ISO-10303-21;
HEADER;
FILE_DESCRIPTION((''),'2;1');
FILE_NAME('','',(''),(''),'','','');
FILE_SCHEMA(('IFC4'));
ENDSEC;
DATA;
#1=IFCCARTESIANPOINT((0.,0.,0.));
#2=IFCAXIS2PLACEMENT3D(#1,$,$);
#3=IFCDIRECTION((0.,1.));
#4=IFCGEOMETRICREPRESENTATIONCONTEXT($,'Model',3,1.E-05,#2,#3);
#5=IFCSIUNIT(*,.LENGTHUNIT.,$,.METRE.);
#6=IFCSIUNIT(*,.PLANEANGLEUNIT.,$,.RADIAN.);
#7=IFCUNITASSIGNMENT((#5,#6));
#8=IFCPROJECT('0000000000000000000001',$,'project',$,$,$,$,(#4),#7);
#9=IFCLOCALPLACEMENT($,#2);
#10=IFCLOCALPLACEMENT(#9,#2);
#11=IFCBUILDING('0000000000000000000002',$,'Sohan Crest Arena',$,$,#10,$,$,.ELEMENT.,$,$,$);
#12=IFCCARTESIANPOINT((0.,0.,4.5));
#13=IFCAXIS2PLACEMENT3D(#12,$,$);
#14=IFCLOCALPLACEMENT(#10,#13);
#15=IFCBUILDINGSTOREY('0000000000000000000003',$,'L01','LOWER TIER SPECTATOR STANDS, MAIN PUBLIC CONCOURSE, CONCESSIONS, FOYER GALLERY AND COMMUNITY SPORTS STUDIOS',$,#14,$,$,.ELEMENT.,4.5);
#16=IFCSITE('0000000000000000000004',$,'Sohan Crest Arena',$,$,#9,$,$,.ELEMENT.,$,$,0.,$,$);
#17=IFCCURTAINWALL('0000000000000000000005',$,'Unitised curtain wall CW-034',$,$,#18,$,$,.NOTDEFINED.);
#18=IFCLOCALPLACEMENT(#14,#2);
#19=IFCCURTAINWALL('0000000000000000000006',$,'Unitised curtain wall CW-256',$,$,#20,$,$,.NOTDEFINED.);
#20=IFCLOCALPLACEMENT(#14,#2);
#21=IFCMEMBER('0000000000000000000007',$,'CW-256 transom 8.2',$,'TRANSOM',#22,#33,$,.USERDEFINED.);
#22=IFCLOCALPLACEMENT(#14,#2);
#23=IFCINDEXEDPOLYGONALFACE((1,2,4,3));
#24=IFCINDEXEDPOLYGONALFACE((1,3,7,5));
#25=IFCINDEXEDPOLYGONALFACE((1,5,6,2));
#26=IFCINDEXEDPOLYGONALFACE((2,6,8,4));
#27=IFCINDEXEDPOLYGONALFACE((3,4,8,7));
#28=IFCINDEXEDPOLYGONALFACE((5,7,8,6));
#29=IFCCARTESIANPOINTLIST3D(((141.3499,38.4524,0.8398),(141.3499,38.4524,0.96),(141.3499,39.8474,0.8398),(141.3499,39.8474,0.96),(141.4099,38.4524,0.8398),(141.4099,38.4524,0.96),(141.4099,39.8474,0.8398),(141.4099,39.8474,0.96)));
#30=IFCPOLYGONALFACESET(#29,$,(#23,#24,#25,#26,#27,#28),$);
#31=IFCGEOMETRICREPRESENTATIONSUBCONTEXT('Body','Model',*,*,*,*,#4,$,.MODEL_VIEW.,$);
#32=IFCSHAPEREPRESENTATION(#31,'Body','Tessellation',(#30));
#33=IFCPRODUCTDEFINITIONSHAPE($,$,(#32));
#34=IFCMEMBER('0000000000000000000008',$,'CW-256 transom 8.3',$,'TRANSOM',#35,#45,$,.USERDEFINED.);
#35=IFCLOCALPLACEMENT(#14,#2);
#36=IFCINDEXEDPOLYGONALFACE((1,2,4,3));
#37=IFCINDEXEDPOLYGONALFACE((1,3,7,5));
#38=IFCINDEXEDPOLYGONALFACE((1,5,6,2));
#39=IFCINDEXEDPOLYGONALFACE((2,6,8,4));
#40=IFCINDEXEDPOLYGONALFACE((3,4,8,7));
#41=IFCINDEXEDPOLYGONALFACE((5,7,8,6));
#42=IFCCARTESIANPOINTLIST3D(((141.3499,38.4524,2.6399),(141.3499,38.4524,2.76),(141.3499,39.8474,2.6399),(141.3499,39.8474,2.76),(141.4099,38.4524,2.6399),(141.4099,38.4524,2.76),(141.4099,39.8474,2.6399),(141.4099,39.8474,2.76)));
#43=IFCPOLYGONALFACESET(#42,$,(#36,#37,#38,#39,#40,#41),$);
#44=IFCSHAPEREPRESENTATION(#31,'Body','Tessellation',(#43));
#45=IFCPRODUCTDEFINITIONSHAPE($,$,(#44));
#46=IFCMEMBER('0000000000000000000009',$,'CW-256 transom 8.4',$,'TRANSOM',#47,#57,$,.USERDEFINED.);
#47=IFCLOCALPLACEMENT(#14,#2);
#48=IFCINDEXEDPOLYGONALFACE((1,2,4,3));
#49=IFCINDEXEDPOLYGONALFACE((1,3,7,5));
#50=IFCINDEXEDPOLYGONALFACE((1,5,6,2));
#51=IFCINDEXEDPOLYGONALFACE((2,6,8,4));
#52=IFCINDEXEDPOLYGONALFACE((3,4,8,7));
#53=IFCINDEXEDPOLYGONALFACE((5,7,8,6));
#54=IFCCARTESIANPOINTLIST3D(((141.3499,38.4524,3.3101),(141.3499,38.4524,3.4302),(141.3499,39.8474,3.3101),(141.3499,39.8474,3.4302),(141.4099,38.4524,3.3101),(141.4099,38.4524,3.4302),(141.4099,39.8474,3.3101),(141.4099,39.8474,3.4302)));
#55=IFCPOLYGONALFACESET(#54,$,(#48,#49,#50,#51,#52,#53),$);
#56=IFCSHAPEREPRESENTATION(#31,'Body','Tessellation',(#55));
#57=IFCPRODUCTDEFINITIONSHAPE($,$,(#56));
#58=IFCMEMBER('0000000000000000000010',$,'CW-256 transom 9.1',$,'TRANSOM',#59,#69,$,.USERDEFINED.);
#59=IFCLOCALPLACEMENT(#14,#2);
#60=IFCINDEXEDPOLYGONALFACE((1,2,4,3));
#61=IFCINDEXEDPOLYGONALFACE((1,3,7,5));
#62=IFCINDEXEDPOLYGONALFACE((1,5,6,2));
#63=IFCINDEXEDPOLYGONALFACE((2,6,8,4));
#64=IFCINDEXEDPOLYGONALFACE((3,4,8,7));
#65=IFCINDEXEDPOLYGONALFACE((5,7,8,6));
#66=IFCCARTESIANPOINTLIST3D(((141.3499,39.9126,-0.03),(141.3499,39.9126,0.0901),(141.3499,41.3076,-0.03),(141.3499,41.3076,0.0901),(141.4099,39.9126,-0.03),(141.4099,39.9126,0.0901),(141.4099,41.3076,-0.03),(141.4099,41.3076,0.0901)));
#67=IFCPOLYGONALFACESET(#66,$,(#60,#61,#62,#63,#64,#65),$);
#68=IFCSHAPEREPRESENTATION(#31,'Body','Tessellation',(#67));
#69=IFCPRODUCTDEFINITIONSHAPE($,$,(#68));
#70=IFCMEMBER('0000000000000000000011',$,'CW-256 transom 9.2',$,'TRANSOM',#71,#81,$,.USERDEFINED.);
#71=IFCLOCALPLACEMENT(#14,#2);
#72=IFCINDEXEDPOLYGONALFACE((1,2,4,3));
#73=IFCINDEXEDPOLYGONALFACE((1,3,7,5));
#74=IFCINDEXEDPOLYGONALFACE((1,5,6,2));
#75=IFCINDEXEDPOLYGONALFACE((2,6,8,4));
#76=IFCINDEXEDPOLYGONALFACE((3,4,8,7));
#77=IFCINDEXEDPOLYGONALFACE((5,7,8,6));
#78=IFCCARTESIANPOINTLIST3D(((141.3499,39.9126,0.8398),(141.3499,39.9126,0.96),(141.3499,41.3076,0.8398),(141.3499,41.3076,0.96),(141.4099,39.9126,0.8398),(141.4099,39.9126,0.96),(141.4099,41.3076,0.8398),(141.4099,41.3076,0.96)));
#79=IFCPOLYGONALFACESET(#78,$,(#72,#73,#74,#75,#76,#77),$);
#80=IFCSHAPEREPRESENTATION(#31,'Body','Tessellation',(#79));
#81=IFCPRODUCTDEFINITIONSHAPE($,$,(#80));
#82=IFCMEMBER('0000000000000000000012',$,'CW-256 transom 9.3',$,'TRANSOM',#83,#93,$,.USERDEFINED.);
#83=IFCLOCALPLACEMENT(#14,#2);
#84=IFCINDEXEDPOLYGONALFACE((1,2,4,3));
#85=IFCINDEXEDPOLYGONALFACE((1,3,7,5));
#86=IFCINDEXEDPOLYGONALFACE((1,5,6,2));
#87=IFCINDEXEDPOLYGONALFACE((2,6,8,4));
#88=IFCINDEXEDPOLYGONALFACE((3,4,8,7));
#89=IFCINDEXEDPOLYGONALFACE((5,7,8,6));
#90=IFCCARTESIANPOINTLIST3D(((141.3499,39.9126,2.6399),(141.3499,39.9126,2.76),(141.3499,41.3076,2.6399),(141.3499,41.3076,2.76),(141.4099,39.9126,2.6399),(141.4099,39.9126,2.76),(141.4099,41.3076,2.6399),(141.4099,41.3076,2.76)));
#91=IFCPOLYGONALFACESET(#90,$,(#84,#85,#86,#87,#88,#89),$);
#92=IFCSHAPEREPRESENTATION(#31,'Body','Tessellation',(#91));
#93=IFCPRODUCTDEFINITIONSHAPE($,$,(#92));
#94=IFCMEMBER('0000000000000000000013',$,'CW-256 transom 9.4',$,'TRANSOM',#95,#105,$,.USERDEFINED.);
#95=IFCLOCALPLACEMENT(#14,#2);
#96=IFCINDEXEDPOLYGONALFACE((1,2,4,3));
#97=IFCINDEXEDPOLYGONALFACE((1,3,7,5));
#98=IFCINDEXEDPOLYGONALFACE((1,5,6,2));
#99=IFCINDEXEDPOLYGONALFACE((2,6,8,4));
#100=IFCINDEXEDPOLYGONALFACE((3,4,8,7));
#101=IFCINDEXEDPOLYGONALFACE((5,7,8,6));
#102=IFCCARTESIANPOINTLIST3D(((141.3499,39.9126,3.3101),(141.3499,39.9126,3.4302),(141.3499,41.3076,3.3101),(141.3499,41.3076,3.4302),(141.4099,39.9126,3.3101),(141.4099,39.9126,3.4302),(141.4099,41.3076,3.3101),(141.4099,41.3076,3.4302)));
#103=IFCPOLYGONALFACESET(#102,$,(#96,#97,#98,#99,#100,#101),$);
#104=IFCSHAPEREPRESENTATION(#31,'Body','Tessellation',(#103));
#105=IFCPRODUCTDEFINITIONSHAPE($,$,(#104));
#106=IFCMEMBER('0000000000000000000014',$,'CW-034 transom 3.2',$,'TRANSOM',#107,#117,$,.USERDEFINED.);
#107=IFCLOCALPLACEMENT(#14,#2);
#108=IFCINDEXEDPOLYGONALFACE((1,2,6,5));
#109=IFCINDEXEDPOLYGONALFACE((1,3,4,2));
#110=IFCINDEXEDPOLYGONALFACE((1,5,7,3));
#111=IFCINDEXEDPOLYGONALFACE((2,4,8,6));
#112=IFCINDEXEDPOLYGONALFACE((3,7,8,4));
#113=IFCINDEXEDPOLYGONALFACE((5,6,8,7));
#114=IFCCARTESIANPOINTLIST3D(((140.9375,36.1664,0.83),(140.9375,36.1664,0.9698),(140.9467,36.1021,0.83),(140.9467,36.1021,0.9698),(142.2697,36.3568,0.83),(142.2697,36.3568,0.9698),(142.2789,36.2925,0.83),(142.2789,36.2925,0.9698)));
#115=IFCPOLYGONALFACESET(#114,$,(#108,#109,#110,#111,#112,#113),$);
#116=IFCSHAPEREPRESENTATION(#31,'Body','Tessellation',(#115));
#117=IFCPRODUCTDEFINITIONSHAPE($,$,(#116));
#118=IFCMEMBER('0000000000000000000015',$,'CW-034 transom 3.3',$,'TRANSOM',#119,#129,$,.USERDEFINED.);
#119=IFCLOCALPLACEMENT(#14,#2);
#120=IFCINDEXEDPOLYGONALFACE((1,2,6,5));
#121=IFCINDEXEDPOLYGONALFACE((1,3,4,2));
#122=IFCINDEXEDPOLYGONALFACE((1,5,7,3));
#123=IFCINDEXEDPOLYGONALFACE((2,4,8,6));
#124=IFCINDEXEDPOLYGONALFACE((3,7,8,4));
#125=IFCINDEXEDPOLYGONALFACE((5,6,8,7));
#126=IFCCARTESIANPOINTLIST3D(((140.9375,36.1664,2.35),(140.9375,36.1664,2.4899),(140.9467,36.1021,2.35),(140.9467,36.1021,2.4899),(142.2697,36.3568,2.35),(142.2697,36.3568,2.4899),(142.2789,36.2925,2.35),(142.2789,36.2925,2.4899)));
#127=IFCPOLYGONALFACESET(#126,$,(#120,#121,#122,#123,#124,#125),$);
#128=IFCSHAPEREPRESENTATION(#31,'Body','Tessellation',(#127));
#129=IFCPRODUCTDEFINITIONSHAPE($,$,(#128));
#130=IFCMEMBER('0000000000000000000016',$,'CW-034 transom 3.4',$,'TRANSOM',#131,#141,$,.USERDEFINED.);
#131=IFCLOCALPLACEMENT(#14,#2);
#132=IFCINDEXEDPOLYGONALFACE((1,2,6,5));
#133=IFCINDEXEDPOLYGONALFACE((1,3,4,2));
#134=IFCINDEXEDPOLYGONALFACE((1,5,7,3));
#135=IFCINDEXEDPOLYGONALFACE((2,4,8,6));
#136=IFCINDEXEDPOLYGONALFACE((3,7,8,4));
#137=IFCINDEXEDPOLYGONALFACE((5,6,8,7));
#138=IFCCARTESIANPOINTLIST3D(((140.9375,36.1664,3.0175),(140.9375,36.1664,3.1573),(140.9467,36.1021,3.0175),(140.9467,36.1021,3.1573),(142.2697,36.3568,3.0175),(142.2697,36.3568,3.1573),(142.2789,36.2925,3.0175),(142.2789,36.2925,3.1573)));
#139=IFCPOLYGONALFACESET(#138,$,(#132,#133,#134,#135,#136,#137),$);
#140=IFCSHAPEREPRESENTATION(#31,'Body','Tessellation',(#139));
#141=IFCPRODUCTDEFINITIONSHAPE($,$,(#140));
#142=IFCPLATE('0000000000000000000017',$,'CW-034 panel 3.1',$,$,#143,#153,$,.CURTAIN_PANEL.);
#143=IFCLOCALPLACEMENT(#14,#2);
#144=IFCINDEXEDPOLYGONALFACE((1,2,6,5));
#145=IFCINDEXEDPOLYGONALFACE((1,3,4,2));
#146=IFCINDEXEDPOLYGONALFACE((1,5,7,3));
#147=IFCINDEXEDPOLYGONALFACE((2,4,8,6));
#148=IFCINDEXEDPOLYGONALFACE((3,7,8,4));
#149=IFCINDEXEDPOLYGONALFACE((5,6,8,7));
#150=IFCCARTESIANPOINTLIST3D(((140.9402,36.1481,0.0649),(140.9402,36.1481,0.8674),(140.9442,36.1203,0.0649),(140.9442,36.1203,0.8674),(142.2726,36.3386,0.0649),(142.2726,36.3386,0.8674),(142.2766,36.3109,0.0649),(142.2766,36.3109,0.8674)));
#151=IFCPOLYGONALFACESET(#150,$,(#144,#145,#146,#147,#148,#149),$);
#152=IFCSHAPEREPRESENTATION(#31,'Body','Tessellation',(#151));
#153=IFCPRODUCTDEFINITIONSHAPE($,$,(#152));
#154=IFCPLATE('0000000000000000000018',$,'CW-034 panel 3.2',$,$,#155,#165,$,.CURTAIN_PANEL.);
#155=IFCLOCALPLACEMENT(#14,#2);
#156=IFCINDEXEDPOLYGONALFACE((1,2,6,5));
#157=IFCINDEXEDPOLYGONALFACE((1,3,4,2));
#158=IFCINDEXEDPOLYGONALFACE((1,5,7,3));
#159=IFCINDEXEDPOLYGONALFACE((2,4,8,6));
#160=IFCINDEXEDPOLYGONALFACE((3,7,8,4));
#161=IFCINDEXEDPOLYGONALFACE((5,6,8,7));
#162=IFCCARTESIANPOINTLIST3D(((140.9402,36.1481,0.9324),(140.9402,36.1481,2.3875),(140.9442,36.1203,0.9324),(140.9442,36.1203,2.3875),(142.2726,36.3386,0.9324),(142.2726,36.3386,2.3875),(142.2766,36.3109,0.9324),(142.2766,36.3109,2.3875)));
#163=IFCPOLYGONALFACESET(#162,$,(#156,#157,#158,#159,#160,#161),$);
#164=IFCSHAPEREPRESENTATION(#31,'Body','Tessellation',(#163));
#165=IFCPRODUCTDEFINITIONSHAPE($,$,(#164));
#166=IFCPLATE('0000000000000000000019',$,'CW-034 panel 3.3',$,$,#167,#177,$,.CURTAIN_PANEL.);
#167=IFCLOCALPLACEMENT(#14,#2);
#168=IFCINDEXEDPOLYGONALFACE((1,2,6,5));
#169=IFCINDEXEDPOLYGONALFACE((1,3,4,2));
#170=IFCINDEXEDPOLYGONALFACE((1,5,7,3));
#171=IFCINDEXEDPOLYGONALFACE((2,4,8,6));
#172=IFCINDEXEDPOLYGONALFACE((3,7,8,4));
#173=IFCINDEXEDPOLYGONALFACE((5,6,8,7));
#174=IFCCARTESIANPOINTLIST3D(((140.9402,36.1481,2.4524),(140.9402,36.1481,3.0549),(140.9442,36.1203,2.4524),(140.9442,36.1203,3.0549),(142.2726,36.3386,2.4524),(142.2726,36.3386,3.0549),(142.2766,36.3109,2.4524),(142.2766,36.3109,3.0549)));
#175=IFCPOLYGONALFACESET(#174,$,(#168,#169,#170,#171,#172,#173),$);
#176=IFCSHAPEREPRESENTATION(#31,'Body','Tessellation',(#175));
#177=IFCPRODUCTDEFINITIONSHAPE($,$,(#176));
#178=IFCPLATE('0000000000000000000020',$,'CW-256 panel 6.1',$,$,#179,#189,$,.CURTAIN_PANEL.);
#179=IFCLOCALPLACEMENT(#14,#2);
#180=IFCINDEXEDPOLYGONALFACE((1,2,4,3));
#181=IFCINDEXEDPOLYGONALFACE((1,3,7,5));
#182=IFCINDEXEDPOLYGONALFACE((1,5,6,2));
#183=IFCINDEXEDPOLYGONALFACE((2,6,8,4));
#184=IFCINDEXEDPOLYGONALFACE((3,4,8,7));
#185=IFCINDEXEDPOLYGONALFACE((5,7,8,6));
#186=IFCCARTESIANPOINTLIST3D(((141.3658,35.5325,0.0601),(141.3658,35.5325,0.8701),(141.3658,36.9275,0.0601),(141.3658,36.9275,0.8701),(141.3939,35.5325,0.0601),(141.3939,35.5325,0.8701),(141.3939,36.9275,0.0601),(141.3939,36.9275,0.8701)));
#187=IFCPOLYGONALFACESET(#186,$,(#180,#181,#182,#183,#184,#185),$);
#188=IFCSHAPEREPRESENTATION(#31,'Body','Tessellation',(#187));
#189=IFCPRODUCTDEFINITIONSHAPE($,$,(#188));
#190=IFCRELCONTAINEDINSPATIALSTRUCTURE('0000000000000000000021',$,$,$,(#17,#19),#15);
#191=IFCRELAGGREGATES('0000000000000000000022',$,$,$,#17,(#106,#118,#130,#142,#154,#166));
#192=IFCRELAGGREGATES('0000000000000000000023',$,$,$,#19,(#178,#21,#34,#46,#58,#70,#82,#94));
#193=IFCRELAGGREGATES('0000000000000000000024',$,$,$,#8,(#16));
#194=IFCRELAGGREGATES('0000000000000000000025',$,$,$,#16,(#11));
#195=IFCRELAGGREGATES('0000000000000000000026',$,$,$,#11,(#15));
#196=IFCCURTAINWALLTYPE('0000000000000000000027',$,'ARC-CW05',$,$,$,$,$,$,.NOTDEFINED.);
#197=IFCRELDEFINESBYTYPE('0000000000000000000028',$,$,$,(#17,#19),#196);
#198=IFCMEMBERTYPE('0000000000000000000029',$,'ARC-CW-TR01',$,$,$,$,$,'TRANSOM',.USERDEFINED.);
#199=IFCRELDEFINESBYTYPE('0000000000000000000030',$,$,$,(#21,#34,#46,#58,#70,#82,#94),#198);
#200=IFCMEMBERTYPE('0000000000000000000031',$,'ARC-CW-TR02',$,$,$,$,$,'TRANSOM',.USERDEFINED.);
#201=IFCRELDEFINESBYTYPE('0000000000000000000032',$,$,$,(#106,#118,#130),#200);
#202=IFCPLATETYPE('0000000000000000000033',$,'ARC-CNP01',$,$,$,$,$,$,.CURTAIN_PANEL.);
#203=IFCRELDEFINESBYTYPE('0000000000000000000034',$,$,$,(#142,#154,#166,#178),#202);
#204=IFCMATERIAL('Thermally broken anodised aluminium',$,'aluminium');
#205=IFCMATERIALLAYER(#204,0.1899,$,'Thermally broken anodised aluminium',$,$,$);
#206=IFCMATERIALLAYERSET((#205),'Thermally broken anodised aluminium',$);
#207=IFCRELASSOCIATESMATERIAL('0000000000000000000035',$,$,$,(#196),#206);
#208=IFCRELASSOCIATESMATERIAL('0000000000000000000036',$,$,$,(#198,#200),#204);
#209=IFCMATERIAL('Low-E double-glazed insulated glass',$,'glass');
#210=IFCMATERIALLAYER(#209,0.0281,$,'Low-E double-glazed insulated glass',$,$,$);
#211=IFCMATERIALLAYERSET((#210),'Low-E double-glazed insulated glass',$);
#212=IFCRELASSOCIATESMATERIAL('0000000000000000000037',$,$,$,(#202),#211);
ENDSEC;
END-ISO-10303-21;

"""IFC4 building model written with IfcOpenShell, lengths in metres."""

from ifc_helpers import new_model, si_unit, direction, frame, origin, origin_2d, place, context, subcontext, project, spatial, rectangle, extrude, material, layer, layer_set, material_profile, profile_set, type_object, element, aggregate, save


model = new_model("IFC4")

# Units and contexts
model_context = context("Model", 3, precision=1e-05, world=origin(), true_north=direction((0.0, 1.0)))
body_context = subcontext(model_context, "Body", "Model", "MODEL_VIEW")
ifc_project = project(units=[si_unit("LENGTHUNIT", "METRE"), si_unit("PLANEANGLEUNIT", "RADIAN")], contexts=[model_context])

# Site, building, storey
site_placement = place(None, origin())
site = spatial("IfcSite", under=ifc_project, at=site_placement, Name="Sohan Crest Arena", CompositionType="ELEMENT", RefElevation=0.0)
building_placement = place(site_placement, origin())
building = spatial("IfcBuilding", under=site, at=building_placement, Name="Sohan Crest Arena", CompositionType="ELEMENT")
storey_placement = place(building_placement, frame((0.0, 0.0, 4.5)))
storey = spatial("IfcBuildingStorey", under=building, at=storey_placement, Name="L01", Description="LOWER TIER SPECTATOR STANDS, MAIN PUBLIC CONCOURSE, CONCESSIONS, FOYER GALLERY AND COMMUNITY SPORTS STUDIOS", CompositionType="ELEMENT", Elevation=4.5)

# Curtain wall
ifc_material_1 = material(Name="Thermally broken anodised aluminium", Category="aluminium")
ifc_layer_1 = layer(ifc_material_1, 0.1899, Name="Thermally broken anodised aluminium")
ifc_layer_set_1 = layer_set([ifc_layer_1], Name="Thermally broken anodised aluminium")
curtain_wall_type = type_object("IfcCurtainWallType", Name="ARC-CW05", PredefinedType="NOTDEFINED", material=ifc_layer_set_1)
curtain_wall_1_placement = place(storey_placement, origin())
curtain_wall_1 = element("IfcCurtainWall", 1, at=curtain_wall_1_placement, inside=storey, type_object=curtain_wall_type, Name="Unitised curtain wall CW-034", PredefinedType="NOTDEFINED")

# Curtain wall, members
curtain_wall_2_placement = place(storey_placement, origin())
curtain_wall_2 = element("IfcCurtainWall", 2, at=curtain_wall_2_placement, inside=storey, type_object=curtain_wall_type, Name="Unitised curtain wall CW-256", PredefinedType="NOTDEFINED")
ifc_material_profile_1 = material_profile(ifc_material_1, rectangle(XDim=0.0601, YDim=0.1201, at=origin_2d()), Name="ALU-TRAN 60x120")
ifc_profile_set_1 = profile_set([ifc_material_profile_1], Name="Thermally broken anodised aluminium")
member_type_1 = type_object("IfcMemberType", Name="ARC-CW-TR01", ElementType="TRANSOM", PredefinedType="USERDEFINED", material=ifc_profile_set_1)
member_1_placement = place(storey_placement, frame((141.3799, 38.4524, 0.8999), z_axis=(0.0, 1.0, 0.0), x_axis=(-1.0, 0.0, 0.0)))
member_1 = element("IfcMember", 3, at=member_1_placement, type_object=member_type_1, Name="CW-256 transom 8.2", ObjectType="TRANSOM", PredefinedType="USERDEFINED", context=body_context, shape_type="SweptSolid", body=[
    extrude(rectangle(XDim=0.0601, YDim=0.1201, at=origin_2d()), origin(), (0.0, 0.0, 1.0), 1.395),
])
member_2_placement = place(storey_placement, frame((141.3799, 38.4524, 2.7), z_axis=(0.0, 1.0, 0.0), x_axis=(-1.0, 0.0, 0.0)))
member_2 = element("IfcMember", 4, at=member_2_placement, type_object=member_type_1, Name="CW-256 transom 8.3", ObjectType="TRANSOM", PredefinedType="USERDEFINED", context=body_context, shape_type="SweptSolid", body=[
    extrude(rectangle(XDim=0.0601, YDim=0.1201, at=origin_2d()), origin(), (0.0, 0.0, 1.0), 1.395),
])
member_3_placement = place(storey_placement, frame((141.3799, 38.4524, 3.3701), z_axis=(0.0, 1.0, 0.0), x_axis=(-1.0, 0.0, 0.0)))
member_3 = element("IfcMember", 5, at=member_3_placement, type_object=member_type_1, Name="CW-256 transom 8.4", ObjectType="TRANSOM", PredefinedType="USERDEFINED", context=body_context, shape_type="SweptSolid", body=[
    extrude(rectangle(XDim=0.0601, YDim=0.1201, at=origin_2d()), origin(), (0.0, 0.0, 1.0), 1.395),
])
member_4_placement = place(storey_placement, frame((141.3799, 39.9126, 0.03), z_axis=(0.0, 1.0, 0.0), x_axis=(-1.0, 0.0, 0.0)))
member_4 = element("IfcMember", 6, at=member_4_placement, type_object=member_type_1, Name="CW-256 transom 9.1", ObjectType="TRANSOM", PredefinedType="USERDEFINED", context=body_context, shape_type="SweptSolid", body=[
    extrude(rectangle(XDim=0.0601, YDim=0.1201, at=origin_2d()), origin(), (0.0, 0.0, 1.0), 1.395),
])
member_5_placement = place(storey_placement, frame((141.3799, 39.9126, 0.8999), z_axis=(0.0, 1.0, 0.0), x_axis=(-1.0, 0.0, 0.0)))
member_5 = element("IfcMember", 7, at=member_5_placement, type_object=member_type_1, Name="CW-256 transom 9.2", ObjectType="TRANSOM", PredefinedType="USERDEFINED", context=body_context, shape_type="SweptSolid", body=[
    extrude(rectangle(XDim=0.0601, YDim=0.1201, at=origin_2d()), origin(), (0.0, 0.0, 1.0), 1.395),
])
member_6_placement = place(storey_placement, frame((141.3799, 39.9126, 2.7), z_axis=(0.0, 1.0, 0.0), x_axis=(-1.0, 0.0, 0.0)))
member_6 = element("IfcMember", 8, at=member_6_placement, type_object=member_type_1, Name="CW-256 transom 9.3", ObjectType="TRANSOM", PredefinedType="USERDEFINED", context=body_context, shape_type="SweptSolid", body=[
    extrude(rectangle(XDim=0.0601, YDim=0.1201, at=origin_2d()), origin(), (0.0, 0.0, 1.0), 1.395),
])
member_7_placement = place(storey_placement, frame((141.3799, 39.9126, 3.3701), z_axis=(0.0, 1.0, 0.0), x_axis=(-1.0, 0.0, 0.0)))
member_7 = element("IfcMember", 9, at=member_7_placement, type_object=member_type_1, Name="CW-256 transom 9.4", ObjectType="TRANSOM", PredefinedType="USERDEFINED", context=body_context, shape_type="SweptSolid", body=[
    extrude(rectangle(XDim=0.0601, YDim=0.1201, at=origin_2d()), origin(), (0.0, 0.0, 1.0), 1.395),
])

# Members
ifc_material_profile_2 = material_profile(ifc_material_1, rectangle(XDim=0.0649, YDim=0.1399, at=origin_2d()), Name="ALU-TRAN 65x140")
ifc_profile_set_2 = profile_set([ifc_material_profile_2], Name="Thermally broken anodised aluminium")
member_type_2 = type_object("IfcMemberType", Name="ARC-CW-TR02", ElementType="TRANSOM", PredefinedType="USERDEFINED", material=ifc_profile_set_2)
member_8_placement = place(storey_placement, frame((140.9421, 36.1343, 0.8999), z_axis=(0.989939, 0.141498, 0.0), x_axis=(-0.141498, 0.989939, 0.0)))
member_8 = element("IfcMember", 10, at=member_8_placement, type_object=member_type_2, Name="CW-034 transom 3.2", ObjectType="TRANSOM", PredefinedType="USERDEFINED", context=body_context, shape_type="SweptSolid", body=[
    extrude(rectangle(XDim=0.0649, YDim=0.1399, at=origin_2d()), origin(), (0.0, 0.0, 1.0), 1.3457),
])
member_9_placement = place(storey_placement, frame((140.9421, 36.1343, 2.4199), z_axis=(0.989939, 0.141498, 0.0), x_axis=(-0.141498, 0.989939, 0.0)))
member_9 = element("IfcMember", 11, at=member_9_placement, type_object=member_type_2, Name="CW-034 transom 3.3", ObjectType="TRANSOM", PredefinedType="USERDEFINED", context=body_context, shape_type="SweptSolid", body=[
    extrude(rectangle(XDim=0.0649, YDim=0.1399, at=origin_2d()), origin(), (0.0, 0.0, 1.0), 1.3457),
])
member_10_placement = place(storey_placement, frame((140.9421, 36.1343, 3.0874), z_axis=(0.989939, 0.141498, 0.0), x_axis=(-0.141498, 0.989939, 0.0)))
member_10 = element("IfcMember", 12, at=member_10_placement, type_object=member_type_2, Name="CW-034 transom 3.4", ObjectType="TRANSOM", PredefinedType="USERDEFINED", context=body_context, shape_type="SweptSolid", body=[
    extrude(rectangle(XDim=0.0649, YDim=0.1399, at=origin_2d()), origin(), (0.0, 0.0, 1.0), 1.3457),
])

# Plates
ifc_material_2 = material(Name="Low-E double-glazed insulated glass", Category="glass")
ifc_layer_2 = layer(ifc_material_2, 0.0281, Name="Low-E double-glazed insulated glass")
ifc_layer_set_2 = layer_set([ifc_layer_2], Name="Low-E double-glazed insulated glass")
plate_type = type_object("IfcPlateType", Name="ARC-CNP01", PredefinedType="CURTAIN_PANEL", material=ifc_layer_set_2)
plate_1_placement = place(storey_placement, frame((141.6084, 36.2295, 0.0649), z_axis=(0.0, 0.0, 1.0), x_axis=(0.989931, 0.141549, 0.0)))
plate_1 = element("IfcPlate", 13, at=plate_1_placement, type_object=plate_type, Name="CW-034 panel 3.1", PredefinedType="CURTAIN_PANEL", context=body_context, shape_type="SweptSolid", body=[
    extrude(rectangle(XDim=1.3459, YDim=0.0281, at=origin_2d()), origin(), (0.0, 0.0, 1.0), 0.8025),
])
plate_2_placement = place(storey_placement, frame((141.6084, 36.2295, 0.9324), z_axis=(0.0, 0.0, 1.0), x_axis=(0.989931, 0.141549, 0.0)))
plate_2 = element("IfcPlate", 14, at=plate_2_placement, type_object=plate_type, Name="CW-034 panel 3.2", PredefinedType="CURTAIN_PANEL", context=body_context, shape_type="SweptSolid", body=[
    extrude(rectangle(XDim=1.3459, YDim=0.0281, at=origin_2d()), origin(), (0.0, 0.0, 1.0), 1.4551),
])
plate_3_placement = place(storey_placement, frame((141.6084, 36.2295, 2.4524), z_axis=(0.0, 0.0, 1.0), x_axis=(0.989931, 0.141549, 0.0)))
plate_3 = element("IfcPlate", 15, at=plate_3_placement, type_object=plate_type, Name="CW-034 panel 3.3", PredefinedType="CURTAIN_PANEL", context=body_context, shape_type="SweptSolid", body=[
    extrude(rectangle(XDim=1.3459, YDim=0.0281, at=origin_2d()), origin(), (0.0, 0.0, 1.0), 0.6025),
])
aggregate(curtain_wall_1, [member_8, member_9, member_10, plate_1, plate_2, plate_3])
plate_4_placement = place(storey_placement, frame((141.3799, 36.23, 0.0601), z_axis=(0.0, 0.0, 1.0), x_axis=(0.0, 1.0, 0.0)))
plate_4 = element("IfcPlate", 16, at=plate_4_placement, type_object=plate_type, Name="CW-256 panel 6.1", PredefinedType="CURTAIN_PANEL", context=body_context, shape_type="SweptSolid", body=[
    extrude(rectangle(XDim=1.395, YDim=0.0281, at=origin_2d()), origin(), (0.0, 0.0, 1.0), 0.8101),
])
aggregate(curtain_wall_2, [plate_4, member_1, member_2, member_3, member_4, member_5, member_6, member_7])

save(model, "model.ifc")
